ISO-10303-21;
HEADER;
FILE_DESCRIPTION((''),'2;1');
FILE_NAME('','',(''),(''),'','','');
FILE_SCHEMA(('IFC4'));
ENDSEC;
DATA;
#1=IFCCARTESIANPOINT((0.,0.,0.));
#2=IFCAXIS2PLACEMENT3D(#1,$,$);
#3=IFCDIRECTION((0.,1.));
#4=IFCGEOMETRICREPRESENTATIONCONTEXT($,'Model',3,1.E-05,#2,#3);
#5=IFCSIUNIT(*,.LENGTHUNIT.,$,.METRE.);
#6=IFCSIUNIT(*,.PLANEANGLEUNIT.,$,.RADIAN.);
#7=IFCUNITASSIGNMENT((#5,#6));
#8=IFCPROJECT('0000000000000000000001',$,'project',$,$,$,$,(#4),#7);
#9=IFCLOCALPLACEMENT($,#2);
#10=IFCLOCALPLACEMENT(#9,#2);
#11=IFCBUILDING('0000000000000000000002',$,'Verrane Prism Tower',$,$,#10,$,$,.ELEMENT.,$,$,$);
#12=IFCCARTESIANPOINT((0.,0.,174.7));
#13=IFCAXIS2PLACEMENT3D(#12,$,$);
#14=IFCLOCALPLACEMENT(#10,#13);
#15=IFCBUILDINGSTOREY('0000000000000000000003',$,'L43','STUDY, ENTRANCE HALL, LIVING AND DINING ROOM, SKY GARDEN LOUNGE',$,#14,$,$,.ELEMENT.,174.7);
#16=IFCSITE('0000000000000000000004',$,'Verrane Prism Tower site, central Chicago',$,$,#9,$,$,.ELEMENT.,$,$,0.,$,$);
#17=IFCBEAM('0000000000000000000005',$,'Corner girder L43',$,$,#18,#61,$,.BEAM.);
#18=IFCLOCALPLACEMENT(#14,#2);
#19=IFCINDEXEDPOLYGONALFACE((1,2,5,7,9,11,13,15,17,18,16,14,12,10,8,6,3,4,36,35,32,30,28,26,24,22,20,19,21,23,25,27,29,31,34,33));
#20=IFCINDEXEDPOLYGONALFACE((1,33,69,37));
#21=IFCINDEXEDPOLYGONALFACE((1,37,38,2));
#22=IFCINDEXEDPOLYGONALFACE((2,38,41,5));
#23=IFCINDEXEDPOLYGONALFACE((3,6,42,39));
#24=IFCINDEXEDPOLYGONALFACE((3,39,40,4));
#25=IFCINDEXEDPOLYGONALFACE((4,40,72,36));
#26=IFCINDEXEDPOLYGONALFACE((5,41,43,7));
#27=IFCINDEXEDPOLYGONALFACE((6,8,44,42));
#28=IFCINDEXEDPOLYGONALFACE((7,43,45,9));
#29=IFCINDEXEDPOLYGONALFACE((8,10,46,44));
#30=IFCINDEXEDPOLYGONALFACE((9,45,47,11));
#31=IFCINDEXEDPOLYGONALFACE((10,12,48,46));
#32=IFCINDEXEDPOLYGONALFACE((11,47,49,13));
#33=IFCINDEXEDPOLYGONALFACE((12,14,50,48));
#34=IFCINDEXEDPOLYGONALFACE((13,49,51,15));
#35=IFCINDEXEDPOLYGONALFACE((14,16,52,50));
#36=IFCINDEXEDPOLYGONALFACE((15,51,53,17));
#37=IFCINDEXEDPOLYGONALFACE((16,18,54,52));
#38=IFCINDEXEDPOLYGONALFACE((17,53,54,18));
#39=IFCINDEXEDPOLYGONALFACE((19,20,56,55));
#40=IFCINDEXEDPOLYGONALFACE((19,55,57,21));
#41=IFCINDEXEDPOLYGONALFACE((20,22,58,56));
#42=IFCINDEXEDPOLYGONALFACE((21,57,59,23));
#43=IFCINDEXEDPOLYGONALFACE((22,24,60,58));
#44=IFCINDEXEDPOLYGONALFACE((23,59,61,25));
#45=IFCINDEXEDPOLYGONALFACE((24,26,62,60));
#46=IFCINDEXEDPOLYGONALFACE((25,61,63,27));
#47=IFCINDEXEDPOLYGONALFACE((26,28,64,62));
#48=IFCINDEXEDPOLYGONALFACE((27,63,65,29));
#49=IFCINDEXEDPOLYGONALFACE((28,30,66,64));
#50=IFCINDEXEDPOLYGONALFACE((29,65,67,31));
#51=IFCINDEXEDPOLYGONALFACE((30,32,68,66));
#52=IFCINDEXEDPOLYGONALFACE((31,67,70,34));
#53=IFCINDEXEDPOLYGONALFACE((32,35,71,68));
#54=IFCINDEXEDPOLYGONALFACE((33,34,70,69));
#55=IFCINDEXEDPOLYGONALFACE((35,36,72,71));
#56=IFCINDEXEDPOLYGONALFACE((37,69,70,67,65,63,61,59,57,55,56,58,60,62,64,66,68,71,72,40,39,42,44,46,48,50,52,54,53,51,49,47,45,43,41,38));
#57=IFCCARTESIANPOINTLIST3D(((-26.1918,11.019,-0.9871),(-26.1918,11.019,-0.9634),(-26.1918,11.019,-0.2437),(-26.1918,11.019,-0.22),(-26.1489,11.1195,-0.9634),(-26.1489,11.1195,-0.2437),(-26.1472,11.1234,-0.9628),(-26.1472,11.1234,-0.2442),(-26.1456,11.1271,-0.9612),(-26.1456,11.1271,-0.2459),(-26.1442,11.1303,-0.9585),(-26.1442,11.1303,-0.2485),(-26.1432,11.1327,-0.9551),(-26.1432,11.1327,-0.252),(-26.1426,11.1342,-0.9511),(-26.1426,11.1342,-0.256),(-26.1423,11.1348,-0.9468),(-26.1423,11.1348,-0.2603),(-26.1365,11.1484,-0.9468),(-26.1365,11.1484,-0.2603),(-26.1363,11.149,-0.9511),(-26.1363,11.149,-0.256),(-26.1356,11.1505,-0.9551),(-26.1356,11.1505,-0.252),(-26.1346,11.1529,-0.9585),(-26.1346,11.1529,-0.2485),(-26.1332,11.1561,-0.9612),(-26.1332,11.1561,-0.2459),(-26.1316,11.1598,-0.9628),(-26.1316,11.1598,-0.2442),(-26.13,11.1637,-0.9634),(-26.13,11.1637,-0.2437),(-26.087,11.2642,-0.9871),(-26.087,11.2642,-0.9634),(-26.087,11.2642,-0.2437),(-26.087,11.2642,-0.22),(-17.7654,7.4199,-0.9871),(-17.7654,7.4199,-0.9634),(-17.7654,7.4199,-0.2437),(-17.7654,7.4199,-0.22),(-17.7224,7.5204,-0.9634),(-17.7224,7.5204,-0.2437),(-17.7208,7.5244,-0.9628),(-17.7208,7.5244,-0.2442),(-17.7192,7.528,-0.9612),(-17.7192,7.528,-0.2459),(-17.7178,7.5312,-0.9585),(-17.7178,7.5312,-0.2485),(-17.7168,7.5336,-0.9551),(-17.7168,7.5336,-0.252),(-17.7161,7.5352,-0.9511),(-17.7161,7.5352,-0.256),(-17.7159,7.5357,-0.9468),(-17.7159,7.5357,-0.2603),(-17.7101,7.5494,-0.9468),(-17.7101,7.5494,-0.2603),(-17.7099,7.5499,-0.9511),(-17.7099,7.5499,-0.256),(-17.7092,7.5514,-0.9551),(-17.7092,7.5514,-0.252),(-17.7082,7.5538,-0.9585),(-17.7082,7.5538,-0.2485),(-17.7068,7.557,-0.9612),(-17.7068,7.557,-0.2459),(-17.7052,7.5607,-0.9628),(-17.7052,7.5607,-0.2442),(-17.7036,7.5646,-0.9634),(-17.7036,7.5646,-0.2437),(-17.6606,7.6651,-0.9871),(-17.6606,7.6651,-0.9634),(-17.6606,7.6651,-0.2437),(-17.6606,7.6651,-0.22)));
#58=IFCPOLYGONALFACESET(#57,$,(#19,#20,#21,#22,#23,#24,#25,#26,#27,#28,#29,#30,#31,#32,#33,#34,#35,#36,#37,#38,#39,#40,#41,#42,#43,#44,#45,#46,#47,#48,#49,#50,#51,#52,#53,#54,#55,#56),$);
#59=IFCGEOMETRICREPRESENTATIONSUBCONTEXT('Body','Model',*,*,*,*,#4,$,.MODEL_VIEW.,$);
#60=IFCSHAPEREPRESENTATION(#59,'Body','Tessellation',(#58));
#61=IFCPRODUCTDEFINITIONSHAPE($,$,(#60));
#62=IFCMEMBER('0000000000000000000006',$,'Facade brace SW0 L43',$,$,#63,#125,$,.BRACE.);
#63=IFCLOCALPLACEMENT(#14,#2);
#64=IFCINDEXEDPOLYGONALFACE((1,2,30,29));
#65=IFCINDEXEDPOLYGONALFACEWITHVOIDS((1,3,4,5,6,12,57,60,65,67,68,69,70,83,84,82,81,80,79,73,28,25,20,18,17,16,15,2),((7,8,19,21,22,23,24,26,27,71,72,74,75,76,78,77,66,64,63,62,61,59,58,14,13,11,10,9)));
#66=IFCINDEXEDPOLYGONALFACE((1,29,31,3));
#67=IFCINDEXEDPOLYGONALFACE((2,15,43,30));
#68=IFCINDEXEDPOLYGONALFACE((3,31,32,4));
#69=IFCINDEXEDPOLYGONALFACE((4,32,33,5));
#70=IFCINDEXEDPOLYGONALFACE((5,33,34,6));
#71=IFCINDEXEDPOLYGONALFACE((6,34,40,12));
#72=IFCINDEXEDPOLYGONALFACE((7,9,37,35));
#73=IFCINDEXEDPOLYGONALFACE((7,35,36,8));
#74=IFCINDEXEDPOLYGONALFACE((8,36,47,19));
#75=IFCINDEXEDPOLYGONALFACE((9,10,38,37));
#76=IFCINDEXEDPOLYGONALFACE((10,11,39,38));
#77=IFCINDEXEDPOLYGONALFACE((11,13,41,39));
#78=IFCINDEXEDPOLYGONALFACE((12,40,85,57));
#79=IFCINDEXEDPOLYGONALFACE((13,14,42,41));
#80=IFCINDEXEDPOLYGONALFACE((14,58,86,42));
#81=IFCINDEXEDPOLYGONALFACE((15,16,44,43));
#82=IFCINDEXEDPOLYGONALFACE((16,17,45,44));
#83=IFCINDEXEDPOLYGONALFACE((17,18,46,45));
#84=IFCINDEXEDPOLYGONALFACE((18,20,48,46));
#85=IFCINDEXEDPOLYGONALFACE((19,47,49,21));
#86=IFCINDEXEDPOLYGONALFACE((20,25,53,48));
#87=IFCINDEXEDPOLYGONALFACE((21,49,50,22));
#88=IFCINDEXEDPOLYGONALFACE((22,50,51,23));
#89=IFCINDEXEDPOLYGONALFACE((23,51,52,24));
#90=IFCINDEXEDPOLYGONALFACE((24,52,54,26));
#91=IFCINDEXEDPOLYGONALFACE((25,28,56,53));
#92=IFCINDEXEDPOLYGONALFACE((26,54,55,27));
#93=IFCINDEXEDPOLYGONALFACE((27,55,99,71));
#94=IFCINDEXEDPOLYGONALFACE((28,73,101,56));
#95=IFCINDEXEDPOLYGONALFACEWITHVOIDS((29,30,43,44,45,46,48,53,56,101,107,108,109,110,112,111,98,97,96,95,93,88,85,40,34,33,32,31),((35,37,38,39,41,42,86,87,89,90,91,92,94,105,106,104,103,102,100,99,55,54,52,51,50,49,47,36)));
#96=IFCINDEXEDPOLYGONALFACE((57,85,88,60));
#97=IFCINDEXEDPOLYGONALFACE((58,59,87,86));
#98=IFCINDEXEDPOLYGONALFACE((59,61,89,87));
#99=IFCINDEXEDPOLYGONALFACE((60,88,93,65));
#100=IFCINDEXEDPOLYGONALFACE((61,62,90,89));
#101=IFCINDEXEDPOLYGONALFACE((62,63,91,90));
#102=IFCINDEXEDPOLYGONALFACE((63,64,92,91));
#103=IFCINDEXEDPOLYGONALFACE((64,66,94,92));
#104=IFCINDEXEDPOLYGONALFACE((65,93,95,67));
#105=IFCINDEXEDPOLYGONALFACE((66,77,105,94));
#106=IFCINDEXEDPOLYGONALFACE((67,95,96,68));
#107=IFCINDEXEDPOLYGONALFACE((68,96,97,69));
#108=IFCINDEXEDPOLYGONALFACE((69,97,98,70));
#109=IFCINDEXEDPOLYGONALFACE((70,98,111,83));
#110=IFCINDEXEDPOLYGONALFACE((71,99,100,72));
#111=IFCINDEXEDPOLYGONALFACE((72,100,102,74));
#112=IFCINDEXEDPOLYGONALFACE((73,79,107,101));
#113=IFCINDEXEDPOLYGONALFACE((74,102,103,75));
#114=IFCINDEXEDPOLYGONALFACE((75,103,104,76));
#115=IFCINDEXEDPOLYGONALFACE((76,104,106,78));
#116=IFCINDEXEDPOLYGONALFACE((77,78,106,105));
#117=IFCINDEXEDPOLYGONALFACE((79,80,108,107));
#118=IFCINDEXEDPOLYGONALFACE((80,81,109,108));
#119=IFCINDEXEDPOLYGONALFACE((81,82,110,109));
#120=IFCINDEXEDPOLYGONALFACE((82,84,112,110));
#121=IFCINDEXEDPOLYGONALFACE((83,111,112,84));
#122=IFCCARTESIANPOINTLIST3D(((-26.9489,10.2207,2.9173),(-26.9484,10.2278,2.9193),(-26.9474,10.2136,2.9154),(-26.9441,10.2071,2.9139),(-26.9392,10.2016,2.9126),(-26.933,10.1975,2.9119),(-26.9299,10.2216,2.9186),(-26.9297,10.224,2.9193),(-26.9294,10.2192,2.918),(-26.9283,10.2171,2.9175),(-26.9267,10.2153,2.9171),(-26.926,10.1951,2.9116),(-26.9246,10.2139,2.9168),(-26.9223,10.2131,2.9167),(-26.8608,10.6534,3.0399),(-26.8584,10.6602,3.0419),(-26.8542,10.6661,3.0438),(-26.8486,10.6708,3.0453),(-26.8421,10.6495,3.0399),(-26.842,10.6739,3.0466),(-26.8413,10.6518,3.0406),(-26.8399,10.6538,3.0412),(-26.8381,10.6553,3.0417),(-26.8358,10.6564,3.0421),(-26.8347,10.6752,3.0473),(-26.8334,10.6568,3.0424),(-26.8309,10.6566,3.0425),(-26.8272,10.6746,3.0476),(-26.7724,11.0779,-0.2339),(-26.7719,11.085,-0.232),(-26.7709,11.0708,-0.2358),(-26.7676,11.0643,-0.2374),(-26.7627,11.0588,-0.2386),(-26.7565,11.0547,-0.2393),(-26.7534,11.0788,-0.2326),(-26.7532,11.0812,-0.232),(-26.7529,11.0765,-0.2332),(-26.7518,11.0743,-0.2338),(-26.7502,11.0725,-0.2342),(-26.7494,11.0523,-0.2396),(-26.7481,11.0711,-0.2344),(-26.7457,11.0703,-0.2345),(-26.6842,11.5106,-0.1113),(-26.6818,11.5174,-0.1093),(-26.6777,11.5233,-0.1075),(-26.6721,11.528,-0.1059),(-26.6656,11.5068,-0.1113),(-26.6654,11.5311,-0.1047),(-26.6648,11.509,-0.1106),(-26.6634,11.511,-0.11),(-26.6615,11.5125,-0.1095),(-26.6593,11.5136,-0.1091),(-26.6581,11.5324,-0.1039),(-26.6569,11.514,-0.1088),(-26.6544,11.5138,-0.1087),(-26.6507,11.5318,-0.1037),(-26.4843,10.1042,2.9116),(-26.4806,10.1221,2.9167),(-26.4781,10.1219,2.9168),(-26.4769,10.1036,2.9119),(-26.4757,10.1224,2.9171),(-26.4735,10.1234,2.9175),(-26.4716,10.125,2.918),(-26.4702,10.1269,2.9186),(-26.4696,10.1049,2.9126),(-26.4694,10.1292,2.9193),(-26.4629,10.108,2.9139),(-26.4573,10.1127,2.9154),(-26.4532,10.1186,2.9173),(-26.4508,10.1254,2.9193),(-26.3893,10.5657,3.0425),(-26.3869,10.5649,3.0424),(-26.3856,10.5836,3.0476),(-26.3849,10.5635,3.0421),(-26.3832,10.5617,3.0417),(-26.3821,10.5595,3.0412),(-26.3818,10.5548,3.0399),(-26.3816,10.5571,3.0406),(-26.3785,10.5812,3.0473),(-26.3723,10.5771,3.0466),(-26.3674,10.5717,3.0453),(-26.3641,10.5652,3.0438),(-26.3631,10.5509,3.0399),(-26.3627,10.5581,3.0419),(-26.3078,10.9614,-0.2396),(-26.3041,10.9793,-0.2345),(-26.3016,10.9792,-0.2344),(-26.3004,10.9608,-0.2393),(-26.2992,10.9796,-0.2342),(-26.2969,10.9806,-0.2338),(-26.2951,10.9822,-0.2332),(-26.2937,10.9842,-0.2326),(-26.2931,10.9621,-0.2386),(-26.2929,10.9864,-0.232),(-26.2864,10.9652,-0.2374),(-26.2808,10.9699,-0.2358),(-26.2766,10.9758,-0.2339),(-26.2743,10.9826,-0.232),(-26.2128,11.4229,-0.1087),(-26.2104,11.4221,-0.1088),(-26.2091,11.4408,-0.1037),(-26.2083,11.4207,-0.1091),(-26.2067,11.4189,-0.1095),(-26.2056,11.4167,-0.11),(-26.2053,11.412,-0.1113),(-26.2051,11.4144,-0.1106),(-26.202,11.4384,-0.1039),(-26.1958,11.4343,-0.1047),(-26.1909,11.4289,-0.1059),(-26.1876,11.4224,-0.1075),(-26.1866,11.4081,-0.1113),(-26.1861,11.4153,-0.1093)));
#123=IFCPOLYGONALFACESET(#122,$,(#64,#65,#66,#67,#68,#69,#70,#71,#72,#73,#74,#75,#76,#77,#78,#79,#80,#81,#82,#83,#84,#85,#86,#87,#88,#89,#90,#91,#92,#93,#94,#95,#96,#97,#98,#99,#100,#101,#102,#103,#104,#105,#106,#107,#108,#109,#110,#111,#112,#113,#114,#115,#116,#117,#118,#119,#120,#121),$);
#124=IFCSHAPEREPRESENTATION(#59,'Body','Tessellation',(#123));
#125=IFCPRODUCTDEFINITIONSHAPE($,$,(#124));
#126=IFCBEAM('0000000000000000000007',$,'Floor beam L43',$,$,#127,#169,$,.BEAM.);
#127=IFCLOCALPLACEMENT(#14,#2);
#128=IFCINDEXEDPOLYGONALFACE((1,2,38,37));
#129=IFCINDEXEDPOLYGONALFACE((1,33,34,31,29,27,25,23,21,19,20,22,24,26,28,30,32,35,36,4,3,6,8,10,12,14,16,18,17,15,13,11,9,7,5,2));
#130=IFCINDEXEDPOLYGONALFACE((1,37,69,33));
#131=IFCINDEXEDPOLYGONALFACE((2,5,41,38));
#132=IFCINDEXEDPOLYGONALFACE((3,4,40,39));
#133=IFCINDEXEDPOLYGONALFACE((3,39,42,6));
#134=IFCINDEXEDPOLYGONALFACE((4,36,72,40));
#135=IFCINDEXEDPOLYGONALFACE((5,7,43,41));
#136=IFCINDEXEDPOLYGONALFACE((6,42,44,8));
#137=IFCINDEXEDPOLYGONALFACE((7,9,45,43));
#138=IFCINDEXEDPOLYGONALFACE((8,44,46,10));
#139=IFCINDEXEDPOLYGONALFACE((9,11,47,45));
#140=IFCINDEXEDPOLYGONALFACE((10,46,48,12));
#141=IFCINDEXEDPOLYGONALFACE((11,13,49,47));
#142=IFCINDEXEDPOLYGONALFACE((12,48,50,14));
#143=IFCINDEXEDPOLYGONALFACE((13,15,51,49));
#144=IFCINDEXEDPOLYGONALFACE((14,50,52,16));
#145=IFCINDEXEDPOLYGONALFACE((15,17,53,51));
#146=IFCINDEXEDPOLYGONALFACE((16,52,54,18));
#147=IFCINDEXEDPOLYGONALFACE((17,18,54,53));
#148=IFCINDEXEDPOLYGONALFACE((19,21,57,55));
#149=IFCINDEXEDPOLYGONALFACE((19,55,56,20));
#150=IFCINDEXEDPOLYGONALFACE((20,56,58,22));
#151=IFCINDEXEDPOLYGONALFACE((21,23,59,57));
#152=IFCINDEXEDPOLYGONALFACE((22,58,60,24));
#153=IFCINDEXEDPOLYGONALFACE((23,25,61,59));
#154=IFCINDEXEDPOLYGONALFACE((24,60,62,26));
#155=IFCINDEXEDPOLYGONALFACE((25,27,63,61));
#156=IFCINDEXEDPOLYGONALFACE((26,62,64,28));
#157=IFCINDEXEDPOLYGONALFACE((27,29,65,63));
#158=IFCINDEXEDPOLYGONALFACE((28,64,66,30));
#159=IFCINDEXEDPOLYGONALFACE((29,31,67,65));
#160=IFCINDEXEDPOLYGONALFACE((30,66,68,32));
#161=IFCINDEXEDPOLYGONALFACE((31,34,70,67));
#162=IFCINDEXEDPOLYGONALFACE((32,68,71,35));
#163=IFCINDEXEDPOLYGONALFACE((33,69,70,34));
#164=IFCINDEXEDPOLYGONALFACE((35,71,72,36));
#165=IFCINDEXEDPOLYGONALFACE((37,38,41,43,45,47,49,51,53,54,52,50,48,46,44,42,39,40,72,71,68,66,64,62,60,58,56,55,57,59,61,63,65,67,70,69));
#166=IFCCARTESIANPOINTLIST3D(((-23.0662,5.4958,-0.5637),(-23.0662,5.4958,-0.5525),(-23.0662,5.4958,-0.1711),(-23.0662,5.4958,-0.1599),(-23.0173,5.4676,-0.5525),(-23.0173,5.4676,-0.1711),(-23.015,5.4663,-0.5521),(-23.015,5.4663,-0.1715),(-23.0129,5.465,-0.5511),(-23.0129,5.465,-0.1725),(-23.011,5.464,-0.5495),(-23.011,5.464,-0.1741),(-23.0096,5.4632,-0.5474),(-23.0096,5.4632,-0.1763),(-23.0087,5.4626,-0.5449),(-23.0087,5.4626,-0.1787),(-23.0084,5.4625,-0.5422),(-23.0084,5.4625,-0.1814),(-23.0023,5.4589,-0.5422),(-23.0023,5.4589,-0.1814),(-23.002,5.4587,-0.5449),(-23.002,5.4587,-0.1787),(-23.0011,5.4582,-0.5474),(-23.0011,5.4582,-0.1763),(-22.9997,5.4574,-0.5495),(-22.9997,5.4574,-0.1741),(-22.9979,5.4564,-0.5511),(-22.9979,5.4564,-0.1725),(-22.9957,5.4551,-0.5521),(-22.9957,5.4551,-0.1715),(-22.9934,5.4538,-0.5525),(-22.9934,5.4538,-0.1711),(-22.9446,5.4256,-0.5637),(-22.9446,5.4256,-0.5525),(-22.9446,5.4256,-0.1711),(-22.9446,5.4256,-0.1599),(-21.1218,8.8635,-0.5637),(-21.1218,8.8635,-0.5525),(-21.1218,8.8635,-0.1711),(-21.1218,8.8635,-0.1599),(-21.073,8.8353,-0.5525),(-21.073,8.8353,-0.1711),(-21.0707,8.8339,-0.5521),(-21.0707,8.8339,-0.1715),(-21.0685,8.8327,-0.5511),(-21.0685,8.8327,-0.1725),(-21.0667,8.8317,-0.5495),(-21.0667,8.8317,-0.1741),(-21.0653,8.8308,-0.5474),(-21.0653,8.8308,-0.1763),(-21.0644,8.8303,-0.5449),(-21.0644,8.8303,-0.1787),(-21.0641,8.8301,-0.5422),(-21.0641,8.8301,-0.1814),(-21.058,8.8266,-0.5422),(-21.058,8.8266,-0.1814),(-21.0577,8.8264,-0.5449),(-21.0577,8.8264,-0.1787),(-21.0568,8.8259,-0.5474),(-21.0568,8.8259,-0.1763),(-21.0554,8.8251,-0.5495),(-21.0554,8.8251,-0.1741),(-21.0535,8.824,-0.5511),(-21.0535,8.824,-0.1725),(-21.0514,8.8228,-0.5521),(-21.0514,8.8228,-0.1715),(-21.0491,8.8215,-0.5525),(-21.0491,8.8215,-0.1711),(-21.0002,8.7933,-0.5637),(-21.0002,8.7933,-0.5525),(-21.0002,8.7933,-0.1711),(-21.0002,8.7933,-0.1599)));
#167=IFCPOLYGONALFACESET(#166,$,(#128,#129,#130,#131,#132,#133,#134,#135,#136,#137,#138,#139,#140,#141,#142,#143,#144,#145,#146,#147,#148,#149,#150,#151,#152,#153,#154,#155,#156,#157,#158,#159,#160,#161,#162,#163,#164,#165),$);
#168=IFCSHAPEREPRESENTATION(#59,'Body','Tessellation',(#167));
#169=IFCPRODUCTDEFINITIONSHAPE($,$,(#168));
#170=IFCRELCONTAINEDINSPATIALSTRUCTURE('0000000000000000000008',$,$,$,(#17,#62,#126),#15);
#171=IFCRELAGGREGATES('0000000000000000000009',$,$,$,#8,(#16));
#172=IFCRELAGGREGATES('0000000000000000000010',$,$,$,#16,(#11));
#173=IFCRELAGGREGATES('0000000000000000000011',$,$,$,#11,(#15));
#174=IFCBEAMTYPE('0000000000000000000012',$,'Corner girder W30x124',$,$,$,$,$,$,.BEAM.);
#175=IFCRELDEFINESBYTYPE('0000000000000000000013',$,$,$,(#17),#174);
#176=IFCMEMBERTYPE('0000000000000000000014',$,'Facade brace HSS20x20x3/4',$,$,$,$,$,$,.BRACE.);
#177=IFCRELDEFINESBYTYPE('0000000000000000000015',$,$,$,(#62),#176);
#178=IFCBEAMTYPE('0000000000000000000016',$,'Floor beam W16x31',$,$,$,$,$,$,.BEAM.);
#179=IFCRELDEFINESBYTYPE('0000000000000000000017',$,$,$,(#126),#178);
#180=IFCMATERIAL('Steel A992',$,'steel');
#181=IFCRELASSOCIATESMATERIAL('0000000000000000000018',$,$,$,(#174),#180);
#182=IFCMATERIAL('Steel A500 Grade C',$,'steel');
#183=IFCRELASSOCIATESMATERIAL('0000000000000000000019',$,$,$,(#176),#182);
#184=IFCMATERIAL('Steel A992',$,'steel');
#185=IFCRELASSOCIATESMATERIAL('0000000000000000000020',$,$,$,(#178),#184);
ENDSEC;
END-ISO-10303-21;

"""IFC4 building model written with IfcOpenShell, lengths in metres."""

from ifc_helpers import new_model, si_unit, direction, frame, origin, origin_2d, place, context, subcontext, project, spatial, hollow_rectangle, i_section, extrude, material, material_profile, profile_set, type_object, element, save


model = new_model("IFC4")

# Units and contexts
model_context = context("Model", 3, precision=1e-05, world=origin(), true_north=direction((0.0, 1.0)))
body_context = subcontext(model_context, "Body", "Model", "MODEL_VIEW")
ifc_project = project(units=[si_unit("LENGTHUNIT", "METRE"), si_unit("PLANEANGLEUNIT", "RADIAN")], contexts=[model_context])

# Site, building, storey
site_placement = place(None, origin())
site = spatial("IfcSite", under=ifc_project, at=site_placement, Name="Verrane Prism Tower site, central Chicago", CompositionType="ELEMENT", RefElevation=0.0)
building_placement = place(site_placement, origin())
building = spatial("IfcBuilding", under=site, at=building_placement, Name="Verrane Prism Tower", CompositionType="ELEMENT")
storey_placement = place(building_placement, frame((0.0, 0.0, 174.7)))
storey = spatial("IfcBuildingStorey", under=building, at=storey_placement, Name="L43", Description="STUDY, ENTRANCE HALL, LIVING AND DINING ROOM, SKY GARDEN LOUNGE", CompositionType="ELEMENT", Elevation=174.7)

# Beam
ifc_material_1 = material(Name="Steel A992", Category="steel")
ifc_material_profile_1 = material_profile(ifc_material_1, i_section(OverallWidth=0.2666, OverallDepth=0.7671, WebThickness=0.0149, FlangeThickness=0.0237, FilletRadius=0.0166, at=origin_2d()), Name="W30x124")
ifc_profile_set_1 = profile_set([ifc_material_profile_1], Name="Steel A992")
beam_type_1 = type_object("IfcBeamType", Name="Corner girder W30x124", PredefinedType="BEAM", material=ifc_profile_set_1)
beam_1_placement = place(storey_placement, frame((-26.1394, 11.1416, -0.6035), z_axis=(0.919628, -0.39279, 0.0), x_axis=(0.39279, 0.919628, 0.0)))
element("IfcBeam", 1, at=beam_1_placement, inside=storey, type_object=beam_type_1, Name="Corner girder L43", PredefinedType="BEAM", context=body_context, shape_type="SweptSolid", body=[
    extrude(i_section(OverallWidth=0.2666, OverallDepth=0.7671, WebThickness=0.0149, FlangeThickness=0.0237, FilletRadius=0.0166, at=origin_2d()), origin(), (0.0, 0.0, 1.0), 9.1628),
])

# Member
ifc_material_2 = material(Name="Steel A500 Grade C", Category="steel")
ifc_material_profile_2 = material_profile(ifc_material_2, hollow_rectangle(XDim=0.5081, YDim=0.5081, WallThickness=0.019, InnerFilletRadius=0.0095, OuterFilletRadius=0.0286, at=origin_2d()), Name="HSS20x20x3/4")
ifc_profile_set_2 = profile_set([ifc_material_profile_2], Name="Steel A500 Grade C")
member_type_1 = type_object("IfcMemberType", Name="Facade brace HSS20x20x3/4", PredefinedType="BRACE", material=ifc_profile_set_2)
member_1_placement = place(storey_placement, frame((-26.4792, 11.2466, -0.1716), z_axis=(-0.053973, -0.262102, 0.96353), x_axis=(0.979449, -0.201692, 0.0)))
element("IfcMember", 2, at=member_1_placement, inside=storey, type_object=member_type_1, Name="Facade brace SW0 L43", PredefinedType="BRACE", context=body_context, shape_type="SweptSolid", body=[
    extrude(hollow_rectangle(XDim=0.5081, YDim=0.5081, WallThickness=0.019, InnerFilletRadius=0.0095, OuterFilletRadius=0.0286, at=origin_2d()), origin(), (0.0, 0.0, 1.0), 3.2705),
])

# Beam
ifc_material_3 = material(Name="Steel A992", Category="steel")
ifc_material_profile_3 = material_profile(ifc_material_3, i_section(OverallWidth=0.1404, OverallDepth=0.4038, WebThickness=0.0071, FlangeThickness=0.0112, FilletRadius=0.0103, at=origin_2d()), Name="W16x31")
ifc_profile_set_3 = profile_set([ifc_material_profile_3], Name="Steel A992")
beam_type_2 = type_object("IfcBeamType", Name="Floor beam W16x31", PredefinedType="BEAM", material=ifc_profile_set_3)
beam_2_placement = place(storey_placement, frame((-23.0054, 5.4607, -0.3618), z_axis=(0.500001, 0.866025, 0.0), x_axis=(-0.866025, 0.500001, 0.0)))
element("IfcBeam", 3, at=beam_2_placement, inside=storey, type_object=beam_type_2, Name="Floor beam L43", PredefinedType="BEAM", context=body_context, shape_type="SweptSolid", body=[
    extrude(i_section(OverallWidth=0.1404, OverallDepth=0.4038, WebThickness=0.0071, FlangeThickness=0.0112, FilletRadius=0.0103, at=origin_2d()), origin(), (0.0, 0.0, 1.0), 3.8887),
])

save(model, "model.ifc")
